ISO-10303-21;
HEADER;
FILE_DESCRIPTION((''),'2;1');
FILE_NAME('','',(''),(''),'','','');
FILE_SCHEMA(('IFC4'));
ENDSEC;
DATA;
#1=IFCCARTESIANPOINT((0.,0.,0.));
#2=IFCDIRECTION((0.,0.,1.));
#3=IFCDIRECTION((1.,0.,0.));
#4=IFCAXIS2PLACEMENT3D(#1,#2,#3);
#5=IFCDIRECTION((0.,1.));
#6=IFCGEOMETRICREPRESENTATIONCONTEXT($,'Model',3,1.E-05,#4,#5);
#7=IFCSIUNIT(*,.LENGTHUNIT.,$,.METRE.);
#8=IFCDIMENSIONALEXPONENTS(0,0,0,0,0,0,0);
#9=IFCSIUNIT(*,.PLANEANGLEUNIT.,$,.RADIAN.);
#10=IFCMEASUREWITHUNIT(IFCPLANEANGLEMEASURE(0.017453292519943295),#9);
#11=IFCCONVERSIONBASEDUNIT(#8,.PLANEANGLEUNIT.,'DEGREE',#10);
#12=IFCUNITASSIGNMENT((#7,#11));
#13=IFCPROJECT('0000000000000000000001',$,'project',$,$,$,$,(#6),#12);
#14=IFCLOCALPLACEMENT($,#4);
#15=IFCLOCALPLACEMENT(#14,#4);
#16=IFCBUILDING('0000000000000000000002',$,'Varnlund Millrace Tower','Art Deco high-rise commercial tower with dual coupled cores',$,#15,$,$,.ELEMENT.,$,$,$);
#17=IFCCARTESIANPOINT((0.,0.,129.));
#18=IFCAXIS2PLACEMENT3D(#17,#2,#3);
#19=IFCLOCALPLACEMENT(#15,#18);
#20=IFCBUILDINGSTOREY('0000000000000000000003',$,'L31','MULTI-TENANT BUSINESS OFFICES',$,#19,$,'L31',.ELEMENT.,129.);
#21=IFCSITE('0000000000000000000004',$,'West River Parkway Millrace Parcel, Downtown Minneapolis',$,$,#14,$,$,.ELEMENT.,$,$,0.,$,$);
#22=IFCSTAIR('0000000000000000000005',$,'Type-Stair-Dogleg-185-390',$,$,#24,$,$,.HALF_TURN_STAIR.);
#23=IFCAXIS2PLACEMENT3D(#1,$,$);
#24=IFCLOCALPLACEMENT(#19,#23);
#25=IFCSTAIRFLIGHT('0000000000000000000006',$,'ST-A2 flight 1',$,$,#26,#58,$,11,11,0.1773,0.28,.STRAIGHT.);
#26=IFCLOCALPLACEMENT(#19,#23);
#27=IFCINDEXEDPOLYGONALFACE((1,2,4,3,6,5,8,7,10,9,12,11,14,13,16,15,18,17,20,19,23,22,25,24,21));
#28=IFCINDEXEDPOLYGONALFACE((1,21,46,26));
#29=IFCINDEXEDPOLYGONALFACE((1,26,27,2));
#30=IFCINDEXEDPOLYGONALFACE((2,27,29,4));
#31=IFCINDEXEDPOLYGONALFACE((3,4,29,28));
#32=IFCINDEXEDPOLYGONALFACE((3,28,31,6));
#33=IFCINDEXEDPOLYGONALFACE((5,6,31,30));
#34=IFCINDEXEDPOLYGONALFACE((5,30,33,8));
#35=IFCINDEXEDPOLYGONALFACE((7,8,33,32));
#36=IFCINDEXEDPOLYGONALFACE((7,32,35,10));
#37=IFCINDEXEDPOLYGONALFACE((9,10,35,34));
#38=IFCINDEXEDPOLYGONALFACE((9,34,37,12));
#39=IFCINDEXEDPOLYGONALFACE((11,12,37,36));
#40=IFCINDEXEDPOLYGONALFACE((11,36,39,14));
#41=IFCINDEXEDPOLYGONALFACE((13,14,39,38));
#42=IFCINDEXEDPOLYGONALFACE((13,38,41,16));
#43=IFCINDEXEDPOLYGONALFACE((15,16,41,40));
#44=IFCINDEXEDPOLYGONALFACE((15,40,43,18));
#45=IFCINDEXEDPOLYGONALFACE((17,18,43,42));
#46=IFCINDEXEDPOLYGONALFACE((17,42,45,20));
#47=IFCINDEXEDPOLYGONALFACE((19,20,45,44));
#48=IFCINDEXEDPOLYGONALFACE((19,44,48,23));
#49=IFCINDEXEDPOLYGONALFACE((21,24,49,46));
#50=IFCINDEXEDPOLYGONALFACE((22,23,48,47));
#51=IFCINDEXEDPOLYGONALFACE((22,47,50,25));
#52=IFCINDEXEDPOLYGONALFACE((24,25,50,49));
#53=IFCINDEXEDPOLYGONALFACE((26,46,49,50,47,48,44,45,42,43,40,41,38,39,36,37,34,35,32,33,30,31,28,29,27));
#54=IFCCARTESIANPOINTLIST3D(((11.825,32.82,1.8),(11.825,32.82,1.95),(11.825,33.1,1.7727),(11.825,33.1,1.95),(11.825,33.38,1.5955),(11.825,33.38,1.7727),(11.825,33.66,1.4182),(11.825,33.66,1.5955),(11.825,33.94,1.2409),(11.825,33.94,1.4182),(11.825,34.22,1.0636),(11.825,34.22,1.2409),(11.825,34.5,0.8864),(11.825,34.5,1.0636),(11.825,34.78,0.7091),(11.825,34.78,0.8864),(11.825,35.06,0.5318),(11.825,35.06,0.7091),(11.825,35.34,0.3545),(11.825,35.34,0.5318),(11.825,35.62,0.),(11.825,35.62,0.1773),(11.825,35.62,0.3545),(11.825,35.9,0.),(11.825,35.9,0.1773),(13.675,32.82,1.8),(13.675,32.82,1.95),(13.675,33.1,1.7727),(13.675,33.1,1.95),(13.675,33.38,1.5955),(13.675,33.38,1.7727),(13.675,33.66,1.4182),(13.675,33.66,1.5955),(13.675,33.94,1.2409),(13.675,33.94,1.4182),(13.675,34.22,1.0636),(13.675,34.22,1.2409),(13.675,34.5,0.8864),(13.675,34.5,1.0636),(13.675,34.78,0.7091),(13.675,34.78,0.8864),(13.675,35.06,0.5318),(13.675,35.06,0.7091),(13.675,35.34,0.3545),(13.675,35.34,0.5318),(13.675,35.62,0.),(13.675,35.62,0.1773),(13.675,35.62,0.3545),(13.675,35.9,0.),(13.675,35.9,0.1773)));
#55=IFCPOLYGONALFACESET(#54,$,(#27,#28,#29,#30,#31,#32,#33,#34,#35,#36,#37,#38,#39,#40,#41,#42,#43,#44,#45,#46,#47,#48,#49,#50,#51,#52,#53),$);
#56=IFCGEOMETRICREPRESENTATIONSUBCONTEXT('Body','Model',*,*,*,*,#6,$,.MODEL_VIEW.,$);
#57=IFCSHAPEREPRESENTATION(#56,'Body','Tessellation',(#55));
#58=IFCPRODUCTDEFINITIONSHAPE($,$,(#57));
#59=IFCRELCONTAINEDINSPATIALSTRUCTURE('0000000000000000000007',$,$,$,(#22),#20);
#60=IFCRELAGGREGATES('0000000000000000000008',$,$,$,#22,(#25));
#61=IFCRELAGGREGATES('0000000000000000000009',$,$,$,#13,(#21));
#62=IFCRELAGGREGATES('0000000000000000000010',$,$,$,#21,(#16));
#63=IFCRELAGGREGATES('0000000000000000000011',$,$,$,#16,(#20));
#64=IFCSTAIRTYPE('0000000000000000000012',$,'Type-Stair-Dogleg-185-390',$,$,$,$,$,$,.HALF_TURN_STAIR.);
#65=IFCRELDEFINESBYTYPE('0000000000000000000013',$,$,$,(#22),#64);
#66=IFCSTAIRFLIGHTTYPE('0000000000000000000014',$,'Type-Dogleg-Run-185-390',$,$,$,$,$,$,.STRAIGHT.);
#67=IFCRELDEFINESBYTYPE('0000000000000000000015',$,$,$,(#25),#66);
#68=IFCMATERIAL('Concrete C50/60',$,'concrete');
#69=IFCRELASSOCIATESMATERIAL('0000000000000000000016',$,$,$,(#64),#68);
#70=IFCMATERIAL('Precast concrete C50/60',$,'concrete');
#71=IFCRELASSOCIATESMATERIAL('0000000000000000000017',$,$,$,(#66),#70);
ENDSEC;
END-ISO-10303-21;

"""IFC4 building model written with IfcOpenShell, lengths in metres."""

from ifc_helpers import new_model, entity, si_unit, converted_unit, direction, frame, origin_with_axes, place, context, subcontext, project, spatial, polyline, outline, extrude, material, type_object, element, aggregate, save


model = new_model("IFC4")

# Units and contexts
model_context = context("Model", 3, precision=1e-05, world=origin_with_axes(), true_north=direction((0.0, 1.0)))
body_context = subcontext(model_context, "Body", "Model", "MODEL_VIEW")
ifc_project = project(units=[si_unit("LENGTHUNIT", "METRE"), converted_unit("PLANEANGLEUNIT", "DEGREE", entity("IfcPlaneAngleMeasure", 0.017453292519943295), si_unit("PLANEANGLEUNIT", "RADIAN"), dimensions=[0, 0, 0, 0, 0, 0, 0])], contexts=[model_context])

# Site, building, storey
site_placement = place(None, origin_with_axes())
site = spatial("IfcSite", under=ifc_project, at=site_placement, Name="West River Parkway Millrace Parcel, Downtown Minneapolis", CompositionType="ELEMENT", RefElevation=0.0)
building_placement = place(site_placement, origin_with_axes())
building = spatial("IfcBuilding", under=site, at=building_placement, Name="Varnlund Millrace Tower", Description="Art Deco high-rise commercial tower with dual coupled cores", CompositionType="ELEMENT")
storey_placement = place(building_placement, frame((0.0, 0.0, 129.0), z_axis=(0.0, 0.0, 1.0), x_axis=(1.0, 0.0, 0.0)))
storey = spatial("IfcBuildingStorey", under=building, at=storey_placement, Name="L31", Description="MULTI-TENANT BUSINESS OFFICES", LongName="L31", CompositionType="ELEMENT", Elevation=129.0)

# Stair, stair flight
ifc_material_1 = material(Name="Concrete C50/60", Category="concrete")
ifc_material_2 = material(Name="Precast concrete C50/60", Category="concrete")
stair_type_1 = type_object("IfcStairType", Name="Type-Stair-Dogleg-185-390", PredefinedType="HALF_TURN_STAIR", material=ifc_material_1)
stair_1_placement = place(storey_placement, origin_with_axes())
stair_1 = element("IfcStair", 1, at=stair_1_placement, inside=storey, type_object=stair_type_1, Name="Type-Stair-Dogleg-185-390", PredefinedType="HALF_TURN_STAIR")
stair_flight_type_1 = type_object("IfcStairFlightType", Name="Type-Dogleg-Run-185-390", PredefinedType="STRAIGHT", material=ifc_material_2)
stair_flight_1_placement = place(storey_placement, frame((13.675, 35.9, 0.0), z_axis=(-1.0, 0.0, 0.0), x_axis=(0.0, -1.0, 0.0)))
stair_flight_1 = element("IfcStairFlight", 2, at=stair_flight_1_placement, type_object=stair_flight_type_1, Name="ST-A2 flight 1", NumberOfRisers=11, NumberOfTreads=11, PredefinedType="STRAIGHT", RiserHeight=0.1773, TreadLength=0.28, context=body_context, shape_type="SweptSolid", body=[
    extrude(outline(polyline([(0.0, 0.0), (0.0, 0.1773), (0.28, 0.1773), (0.28, 0.3545), (0.56, 0.3545), (0.56, 0.5318), (0.84, 0.5318), (0.84, 0.7091), (1.12, 0.7091), (1.12, 0.8864), (1.4, 0.8864), (1.4, 1.0636), (1.68, 1.0636), (1.68, 1.2409), (1.96, 1.2409), (1.96, 1.4182), (2.24, 1.4182), (2.24, 1.5955), (2.52, 1.5955), (2.52, 1.7727), (2.8, 1.7727), (2.8, 1.95), (3.08, 1.95), (3.08, 1.8), (0.28, 0.0), (0.0, 0.0)])), origin_with_axes(), (0.0, 0.0, 1.0), 1.85),
])
aggregate(stair_1, [stair_flight_1])

save(model, "model.ifc")
